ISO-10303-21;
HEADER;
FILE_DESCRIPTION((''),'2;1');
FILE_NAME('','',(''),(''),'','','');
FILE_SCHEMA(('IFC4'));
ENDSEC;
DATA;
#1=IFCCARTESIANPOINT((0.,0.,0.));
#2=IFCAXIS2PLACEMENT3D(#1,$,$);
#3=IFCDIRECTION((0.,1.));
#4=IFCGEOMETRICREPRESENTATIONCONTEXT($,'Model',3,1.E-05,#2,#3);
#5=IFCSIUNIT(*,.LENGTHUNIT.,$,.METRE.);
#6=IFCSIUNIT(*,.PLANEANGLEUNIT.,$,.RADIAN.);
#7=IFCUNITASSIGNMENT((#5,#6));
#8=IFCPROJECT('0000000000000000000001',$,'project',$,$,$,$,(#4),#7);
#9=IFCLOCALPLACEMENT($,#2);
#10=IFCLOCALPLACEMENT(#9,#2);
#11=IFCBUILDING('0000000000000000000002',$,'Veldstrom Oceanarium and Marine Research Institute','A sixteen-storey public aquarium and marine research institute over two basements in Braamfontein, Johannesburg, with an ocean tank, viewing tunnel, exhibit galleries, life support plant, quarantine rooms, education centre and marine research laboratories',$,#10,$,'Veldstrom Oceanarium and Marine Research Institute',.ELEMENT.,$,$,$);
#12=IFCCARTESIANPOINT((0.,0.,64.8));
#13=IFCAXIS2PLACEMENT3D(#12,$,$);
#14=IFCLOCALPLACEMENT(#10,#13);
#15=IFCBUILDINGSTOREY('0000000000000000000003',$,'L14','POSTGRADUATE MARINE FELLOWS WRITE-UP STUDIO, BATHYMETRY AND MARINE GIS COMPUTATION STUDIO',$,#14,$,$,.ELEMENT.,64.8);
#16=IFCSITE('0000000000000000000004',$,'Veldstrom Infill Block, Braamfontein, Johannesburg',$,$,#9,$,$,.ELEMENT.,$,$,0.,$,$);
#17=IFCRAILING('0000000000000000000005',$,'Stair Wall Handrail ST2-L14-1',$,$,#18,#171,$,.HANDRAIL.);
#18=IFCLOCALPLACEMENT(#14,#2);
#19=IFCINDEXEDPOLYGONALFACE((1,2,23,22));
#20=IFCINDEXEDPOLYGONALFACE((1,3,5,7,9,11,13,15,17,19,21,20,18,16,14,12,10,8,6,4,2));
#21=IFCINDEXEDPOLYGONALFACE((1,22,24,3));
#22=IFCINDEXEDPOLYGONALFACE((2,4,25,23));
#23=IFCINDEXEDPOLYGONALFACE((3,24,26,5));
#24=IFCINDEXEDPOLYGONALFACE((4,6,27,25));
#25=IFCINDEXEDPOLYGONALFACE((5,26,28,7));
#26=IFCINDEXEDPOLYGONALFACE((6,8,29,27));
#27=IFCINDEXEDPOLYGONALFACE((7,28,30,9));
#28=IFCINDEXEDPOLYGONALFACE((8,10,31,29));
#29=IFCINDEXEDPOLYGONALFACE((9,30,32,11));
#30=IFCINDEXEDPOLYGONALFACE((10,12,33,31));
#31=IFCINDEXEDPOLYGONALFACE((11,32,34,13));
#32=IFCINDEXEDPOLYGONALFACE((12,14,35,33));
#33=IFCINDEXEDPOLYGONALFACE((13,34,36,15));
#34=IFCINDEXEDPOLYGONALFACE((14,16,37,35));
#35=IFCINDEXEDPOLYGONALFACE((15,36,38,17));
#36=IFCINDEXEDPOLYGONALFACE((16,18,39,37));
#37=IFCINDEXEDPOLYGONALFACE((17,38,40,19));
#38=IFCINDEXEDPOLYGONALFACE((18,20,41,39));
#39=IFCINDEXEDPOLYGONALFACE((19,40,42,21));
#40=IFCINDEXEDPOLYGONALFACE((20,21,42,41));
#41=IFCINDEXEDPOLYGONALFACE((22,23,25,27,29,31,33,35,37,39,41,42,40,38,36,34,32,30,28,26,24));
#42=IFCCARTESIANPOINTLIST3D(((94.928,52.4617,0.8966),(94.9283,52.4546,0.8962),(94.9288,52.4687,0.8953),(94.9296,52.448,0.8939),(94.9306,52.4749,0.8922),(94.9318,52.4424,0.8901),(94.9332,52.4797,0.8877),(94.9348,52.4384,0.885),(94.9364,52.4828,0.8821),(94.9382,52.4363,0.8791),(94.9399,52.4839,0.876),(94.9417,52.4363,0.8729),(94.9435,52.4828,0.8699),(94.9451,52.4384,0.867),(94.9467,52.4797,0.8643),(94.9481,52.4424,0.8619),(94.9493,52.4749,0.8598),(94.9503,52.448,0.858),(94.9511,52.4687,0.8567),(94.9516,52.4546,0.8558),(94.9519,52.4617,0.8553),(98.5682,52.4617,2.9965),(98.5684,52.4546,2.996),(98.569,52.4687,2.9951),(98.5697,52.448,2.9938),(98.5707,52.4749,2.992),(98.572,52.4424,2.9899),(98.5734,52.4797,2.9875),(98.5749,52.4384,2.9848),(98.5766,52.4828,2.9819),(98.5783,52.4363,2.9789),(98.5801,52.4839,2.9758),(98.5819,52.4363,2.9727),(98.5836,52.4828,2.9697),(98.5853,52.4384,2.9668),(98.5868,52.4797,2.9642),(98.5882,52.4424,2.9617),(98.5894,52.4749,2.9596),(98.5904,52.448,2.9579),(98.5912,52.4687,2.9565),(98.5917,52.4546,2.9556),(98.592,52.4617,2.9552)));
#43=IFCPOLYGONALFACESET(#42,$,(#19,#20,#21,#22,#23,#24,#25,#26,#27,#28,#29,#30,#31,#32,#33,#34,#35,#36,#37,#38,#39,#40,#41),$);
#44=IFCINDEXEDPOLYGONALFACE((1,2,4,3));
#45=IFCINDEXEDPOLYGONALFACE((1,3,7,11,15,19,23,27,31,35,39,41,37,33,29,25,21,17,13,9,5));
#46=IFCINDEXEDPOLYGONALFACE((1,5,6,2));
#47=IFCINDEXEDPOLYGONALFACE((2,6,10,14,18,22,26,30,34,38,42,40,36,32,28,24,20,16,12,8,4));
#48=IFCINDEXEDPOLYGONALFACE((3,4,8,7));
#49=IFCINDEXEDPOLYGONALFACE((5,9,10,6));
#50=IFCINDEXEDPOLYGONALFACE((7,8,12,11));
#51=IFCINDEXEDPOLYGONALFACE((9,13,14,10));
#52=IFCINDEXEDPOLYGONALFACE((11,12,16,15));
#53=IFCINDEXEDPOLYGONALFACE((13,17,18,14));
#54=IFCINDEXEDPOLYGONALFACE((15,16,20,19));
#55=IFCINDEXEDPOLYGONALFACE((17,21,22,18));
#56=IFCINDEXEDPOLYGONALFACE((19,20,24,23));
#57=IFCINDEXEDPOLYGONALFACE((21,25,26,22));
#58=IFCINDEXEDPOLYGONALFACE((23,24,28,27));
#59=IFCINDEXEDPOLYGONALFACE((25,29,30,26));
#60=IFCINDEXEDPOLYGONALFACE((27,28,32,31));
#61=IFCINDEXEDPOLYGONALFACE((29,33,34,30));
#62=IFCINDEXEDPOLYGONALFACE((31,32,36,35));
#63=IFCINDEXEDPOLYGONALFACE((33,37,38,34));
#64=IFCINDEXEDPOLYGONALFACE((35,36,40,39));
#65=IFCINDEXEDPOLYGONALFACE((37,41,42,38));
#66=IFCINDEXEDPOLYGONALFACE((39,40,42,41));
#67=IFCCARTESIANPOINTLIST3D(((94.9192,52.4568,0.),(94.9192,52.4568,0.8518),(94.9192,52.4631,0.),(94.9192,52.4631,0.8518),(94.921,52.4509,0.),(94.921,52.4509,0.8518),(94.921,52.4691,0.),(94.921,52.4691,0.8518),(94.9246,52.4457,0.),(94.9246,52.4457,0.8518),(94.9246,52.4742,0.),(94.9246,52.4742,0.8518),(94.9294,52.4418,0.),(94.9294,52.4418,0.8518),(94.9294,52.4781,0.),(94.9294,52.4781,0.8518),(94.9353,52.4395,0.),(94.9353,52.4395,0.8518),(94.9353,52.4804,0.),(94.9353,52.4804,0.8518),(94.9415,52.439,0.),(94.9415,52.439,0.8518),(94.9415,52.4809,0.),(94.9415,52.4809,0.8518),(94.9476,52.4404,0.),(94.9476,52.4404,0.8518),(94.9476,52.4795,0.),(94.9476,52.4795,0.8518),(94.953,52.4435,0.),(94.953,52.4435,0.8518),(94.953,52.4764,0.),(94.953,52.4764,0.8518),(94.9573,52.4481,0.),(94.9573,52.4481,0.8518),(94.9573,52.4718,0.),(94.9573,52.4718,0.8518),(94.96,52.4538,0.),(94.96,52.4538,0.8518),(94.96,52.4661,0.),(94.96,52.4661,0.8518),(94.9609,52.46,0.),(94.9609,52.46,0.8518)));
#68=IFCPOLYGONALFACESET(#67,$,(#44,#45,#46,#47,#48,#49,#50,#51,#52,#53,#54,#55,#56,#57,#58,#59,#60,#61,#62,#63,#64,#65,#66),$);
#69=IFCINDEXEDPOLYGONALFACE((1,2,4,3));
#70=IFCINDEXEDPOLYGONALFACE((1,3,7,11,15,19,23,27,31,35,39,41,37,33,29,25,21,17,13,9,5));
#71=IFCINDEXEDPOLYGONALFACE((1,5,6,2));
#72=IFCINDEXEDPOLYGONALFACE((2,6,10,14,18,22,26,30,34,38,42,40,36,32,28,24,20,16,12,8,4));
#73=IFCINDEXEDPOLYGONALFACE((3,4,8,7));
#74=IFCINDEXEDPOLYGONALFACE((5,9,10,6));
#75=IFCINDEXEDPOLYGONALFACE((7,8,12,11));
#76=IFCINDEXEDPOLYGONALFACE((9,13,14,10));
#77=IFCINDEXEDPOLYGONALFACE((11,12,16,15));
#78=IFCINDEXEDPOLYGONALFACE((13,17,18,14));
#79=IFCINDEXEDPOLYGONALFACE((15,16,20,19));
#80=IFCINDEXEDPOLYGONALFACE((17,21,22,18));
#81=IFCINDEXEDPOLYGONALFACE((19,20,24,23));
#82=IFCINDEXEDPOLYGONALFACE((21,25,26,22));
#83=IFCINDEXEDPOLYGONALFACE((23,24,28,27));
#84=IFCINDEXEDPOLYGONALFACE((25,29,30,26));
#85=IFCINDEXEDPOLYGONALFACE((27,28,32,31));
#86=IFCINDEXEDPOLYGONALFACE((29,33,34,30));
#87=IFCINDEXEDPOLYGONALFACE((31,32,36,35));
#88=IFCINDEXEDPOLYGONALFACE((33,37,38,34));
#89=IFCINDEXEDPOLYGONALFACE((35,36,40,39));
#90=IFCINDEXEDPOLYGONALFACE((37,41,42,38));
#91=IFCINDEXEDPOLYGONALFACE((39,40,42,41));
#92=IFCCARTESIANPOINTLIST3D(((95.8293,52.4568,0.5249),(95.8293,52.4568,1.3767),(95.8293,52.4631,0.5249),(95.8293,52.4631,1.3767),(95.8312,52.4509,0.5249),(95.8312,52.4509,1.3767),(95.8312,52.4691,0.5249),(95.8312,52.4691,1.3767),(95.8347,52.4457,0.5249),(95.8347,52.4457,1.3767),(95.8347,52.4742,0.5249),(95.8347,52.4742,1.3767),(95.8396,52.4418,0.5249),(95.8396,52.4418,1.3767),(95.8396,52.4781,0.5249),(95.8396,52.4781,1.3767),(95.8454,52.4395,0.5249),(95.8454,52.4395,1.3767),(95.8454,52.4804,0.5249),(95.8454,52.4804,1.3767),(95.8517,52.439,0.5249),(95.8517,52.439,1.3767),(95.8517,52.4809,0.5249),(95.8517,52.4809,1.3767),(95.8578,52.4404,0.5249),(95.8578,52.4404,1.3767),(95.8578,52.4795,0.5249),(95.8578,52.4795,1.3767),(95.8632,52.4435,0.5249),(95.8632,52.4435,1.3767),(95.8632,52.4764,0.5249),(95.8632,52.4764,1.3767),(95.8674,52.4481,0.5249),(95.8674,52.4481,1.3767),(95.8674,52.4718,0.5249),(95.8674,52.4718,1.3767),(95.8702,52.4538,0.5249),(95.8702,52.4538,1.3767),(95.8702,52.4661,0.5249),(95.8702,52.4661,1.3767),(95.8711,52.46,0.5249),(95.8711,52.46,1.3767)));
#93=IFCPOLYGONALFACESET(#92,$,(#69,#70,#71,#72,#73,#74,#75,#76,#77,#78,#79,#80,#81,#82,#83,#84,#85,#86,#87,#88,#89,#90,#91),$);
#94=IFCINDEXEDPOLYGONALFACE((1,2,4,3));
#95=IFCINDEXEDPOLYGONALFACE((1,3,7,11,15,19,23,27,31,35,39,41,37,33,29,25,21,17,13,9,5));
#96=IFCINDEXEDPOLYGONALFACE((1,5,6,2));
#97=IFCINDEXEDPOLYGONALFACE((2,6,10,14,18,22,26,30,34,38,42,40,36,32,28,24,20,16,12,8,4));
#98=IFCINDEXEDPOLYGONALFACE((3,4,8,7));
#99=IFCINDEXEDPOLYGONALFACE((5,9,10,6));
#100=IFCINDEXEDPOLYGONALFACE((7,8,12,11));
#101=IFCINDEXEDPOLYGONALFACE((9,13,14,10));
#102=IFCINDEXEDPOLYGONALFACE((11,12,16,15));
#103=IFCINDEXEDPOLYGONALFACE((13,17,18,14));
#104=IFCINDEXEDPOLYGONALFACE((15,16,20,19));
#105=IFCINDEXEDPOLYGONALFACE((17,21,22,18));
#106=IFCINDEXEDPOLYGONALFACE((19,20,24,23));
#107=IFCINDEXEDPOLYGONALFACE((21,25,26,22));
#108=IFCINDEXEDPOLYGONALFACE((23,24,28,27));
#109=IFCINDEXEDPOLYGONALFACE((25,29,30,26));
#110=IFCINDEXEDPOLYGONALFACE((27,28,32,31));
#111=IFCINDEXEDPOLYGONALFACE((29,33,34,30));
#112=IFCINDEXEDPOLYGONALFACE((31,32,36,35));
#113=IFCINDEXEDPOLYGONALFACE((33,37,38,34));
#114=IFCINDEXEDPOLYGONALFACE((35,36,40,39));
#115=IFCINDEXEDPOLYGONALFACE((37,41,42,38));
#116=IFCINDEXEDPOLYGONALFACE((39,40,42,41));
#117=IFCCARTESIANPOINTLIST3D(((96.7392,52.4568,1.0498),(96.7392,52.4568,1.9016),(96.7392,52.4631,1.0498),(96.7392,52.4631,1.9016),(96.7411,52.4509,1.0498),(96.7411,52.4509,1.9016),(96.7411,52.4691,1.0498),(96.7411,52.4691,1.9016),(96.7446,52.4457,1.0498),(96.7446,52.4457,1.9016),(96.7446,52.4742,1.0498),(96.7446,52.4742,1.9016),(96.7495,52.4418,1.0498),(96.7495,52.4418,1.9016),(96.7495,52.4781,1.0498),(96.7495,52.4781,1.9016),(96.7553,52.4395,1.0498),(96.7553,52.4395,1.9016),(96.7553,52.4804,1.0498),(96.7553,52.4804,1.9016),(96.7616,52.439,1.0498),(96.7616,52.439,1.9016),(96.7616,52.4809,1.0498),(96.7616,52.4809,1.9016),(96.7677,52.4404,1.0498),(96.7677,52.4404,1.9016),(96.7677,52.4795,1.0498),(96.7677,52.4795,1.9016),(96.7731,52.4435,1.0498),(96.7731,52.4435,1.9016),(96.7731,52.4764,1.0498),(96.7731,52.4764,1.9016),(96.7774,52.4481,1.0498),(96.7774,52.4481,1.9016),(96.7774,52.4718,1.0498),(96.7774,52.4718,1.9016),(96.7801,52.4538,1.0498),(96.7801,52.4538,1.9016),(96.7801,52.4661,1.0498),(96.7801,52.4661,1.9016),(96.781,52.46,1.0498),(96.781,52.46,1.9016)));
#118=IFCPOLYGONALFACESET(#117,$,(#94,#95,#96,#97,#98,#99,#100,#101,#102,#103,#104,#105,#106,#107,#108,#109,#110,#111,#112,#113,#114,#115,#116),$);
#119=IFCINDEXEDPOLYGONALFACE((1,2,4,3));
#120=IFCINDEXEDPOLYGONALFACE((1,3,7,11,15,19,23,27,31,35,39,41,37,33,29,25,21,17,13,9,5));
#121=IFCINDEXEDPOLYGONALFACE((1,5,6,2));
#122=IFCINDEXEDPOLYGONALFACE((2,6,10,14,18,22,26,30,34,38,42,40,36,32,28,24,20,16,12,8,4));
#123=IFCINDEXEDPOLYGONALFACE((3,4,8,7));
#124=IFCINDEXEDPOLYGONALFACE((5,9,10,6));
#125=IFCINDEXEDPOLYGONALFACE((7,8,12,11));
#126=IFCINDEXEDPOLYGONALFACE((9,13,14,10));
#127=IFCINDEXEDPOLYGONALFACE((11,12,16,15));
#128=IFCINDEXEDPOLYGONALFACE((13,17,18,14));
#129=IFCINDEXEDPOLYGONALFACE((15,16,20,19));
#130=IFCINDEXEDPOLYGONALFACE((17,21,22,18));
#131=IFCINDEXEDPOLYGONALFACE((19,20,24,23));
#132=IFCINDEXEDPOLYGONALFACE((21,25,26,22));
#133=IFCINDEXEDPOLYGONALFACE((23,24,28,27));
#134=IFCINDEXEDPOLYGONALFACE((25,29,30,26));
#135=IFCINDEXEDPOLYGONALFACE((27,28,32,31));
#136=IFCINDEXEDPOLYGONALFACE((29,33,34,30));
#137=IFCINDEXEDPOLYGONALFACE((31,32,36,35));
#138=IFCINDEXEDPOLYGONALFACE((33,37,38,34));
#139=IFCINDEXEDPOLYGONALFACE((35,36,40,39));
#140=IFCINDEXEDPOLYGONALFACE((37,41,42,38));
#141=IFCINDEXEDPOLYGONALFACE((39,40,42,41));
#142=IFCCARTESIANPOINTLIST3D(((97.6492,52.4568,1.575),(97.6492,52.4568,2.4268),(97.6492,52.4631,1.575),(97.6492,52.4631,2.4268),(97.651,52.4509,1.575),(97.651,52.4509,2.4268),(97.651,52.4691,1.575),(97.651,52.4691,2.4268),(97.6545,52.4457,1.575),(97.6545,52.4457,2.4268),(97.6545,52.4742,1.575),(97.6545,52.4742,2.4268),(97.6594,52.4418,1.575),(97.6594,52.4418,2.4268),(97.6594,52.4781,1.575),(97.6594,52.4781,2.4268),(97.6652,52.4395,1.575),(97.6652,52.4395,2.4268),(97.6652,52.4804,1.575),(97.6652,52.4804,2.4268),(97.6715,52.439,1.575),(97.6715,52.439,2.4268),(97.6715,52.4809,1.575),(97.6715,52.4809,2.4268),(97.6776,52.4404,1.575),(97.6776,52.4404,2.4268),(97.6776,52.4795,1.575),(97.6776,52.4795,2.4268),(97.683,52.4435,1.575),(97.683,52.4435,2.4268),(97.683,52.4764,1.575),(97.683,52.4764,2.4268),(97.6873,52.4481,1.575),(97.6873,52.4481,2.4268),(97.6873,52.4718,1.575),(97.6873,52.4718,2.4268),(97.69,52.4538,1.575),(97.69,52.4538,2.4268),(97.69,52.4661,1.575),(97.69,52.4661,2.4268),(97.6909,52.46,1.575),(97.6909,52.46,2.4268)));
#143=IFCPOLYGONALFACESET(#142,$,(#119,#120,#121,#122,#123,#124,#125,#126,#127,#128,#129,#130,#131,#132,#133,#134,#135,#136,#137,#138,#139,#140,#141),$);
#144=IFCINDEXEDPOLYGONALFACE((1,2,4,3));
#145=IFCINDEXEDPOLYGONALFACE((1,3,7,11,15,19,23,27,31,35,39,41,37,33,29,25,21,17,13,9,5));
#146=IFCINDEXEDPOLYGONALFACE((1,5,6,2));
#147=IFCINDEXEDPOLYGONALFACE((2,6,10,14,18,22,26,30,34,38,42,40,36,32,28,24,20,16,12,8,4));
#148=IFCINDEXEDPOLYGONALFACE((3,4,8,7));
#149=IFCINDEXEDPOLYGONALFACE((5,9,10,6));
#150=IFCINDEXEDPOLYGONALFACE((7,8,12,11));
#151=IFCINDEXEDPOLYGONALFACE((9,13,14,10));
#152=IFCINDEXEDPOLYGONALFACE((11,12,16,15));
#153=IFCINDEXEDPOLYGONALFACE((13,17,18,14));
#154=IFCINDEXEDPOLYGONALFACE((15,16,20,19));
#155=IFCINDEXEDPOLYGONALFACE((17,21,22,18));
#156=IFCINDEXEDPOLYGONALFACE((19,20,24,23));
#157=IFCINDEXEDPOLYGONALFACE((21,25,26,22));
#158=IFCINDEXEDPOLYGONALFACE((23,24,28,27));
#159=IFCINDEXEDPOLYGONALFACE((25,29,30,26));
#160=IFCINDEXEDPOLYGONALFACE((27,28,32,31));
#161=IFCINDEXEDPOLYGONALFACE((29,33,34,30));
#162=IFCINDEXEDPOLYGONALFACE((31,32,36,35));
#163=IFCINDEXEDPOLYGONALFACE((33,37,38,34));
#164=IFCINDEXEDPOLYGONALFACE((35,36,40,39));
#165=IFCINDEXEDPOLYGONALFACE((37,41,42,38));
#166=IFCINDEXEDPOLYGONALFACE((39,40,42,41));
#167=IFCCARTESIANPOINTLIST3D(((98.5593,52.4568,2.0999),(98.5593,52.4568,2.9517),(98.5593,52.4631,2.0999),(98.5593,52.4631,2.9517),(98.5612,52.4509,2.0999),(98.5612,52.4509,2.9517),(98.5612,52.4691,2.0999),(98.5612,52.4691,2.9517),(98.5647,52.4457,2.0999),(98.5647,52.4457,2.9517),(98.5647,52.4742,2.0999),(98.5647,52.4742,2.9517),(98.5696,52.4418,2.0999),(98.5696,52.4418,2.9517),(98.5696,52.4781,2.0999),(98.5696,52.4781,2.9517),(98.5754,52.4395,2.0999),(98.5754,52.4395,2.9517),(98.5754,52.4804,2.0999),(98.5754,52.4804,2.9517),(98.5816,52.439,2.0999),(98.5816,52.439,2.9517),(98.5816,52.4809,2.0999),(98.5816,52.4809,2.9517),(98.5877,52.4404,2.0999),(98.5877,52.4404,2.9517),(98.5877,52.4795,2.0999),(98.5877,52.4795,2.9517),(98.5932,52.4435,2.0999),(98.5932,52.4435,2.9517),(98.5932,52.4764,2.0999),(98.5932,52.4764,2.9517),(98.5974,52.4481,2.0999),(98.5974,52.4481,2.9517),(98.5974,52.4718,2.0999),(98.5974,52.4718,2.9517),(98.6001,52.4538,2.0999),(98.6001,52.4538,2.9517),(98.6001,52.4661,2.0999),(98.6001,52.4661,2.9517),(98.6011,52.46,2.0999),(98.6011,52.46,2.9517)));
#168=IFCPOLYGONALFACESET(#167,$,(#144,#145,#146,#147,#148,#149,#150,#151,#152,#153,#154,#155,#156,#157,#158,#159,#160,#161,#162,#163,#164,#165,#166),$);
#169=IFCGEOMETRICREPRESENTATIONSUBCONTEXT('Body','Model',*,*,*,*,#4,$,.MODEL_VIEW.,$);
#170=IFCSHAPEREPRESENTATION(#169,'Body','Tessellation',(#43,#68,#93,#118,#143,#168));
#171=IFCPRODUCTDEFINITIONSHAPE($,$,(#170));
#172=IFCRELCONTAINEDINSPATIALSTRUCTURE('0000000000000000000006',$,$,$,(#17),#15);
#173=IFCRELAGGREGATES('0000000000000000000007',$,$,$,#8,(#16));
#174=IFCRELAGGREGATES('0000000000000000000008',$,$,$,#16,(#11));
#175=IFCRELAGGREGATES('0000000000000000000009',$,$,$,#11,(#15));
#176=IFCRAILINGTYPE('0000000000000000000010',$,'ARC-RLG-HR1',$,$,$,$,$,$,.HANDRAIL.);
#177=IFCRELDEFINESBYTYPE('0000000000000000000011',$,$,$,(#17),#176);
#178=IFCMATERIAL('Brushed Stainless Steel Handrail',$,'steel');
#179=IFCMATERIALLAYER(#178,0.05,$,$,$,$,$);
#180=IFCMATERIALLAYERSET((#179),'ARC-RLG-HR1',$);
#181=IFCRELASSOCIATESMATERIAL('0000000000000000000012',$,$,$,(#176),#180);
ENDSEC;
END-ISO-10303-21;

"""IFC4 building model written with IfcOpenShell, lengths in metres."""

from ifc_helpers import new_model, si_unit, direction, frame, origin, origin_2d, place, context, subcontext, project, spatial, circle, extrude, material, layer, layer_set, type_object, element, save


model = new_model("IFC4")

# Units and contexts
model_context = context("Model", 3, precision=1e-05, world=origin(), true_north=direction((0.0, 1.0)))
body_context = subcontext(model_context, "Body", "Model", "MODEL_VIEW")
ifc_project = project(units=[si_unit("LENGTHUNIT", "METRE"), si_unit("PLANEANGLEUNIT", "RADIAN")], contexts=[model_context])

# Site, building, storey
site_placement = place(None, origin())
site = spatial("IfcSite", under=ifc_project, at=site_placement, Name="Veldstrom Infill Block, Braamfontein, Johannesburg", CompositionType="ELEMENT", RefElevation=0.0)
building_placement = place(site_placement, origin())
building = spatial("IfcBuilding", under=site, at=building_placement, Name="Veldstrom Oceanarium and Marine Research Institute", Description="A sixteen-storey public aquarium and marine research institute over two basements in Braamfontein, Johannesburg, with an ocean tank, viewing tunnel, exhibit galleries, life support plant, quarantine rooms, education centre and marine research laboratories", LongName="Veldstrom Oceanarium and Marine Research Institute", CompositionType="ELEMENT")
storey_placement = place(building_placement, frame((0.0, 0.0, 64.8)))
storey = spatial("IfcBuildingStorey", under=building, at=storey_placement, Name="L14", Description="POSTGRADUATE MARINE FELLOWS WRITE-UP STUDIO, BATHYMETRY AND MARINE GIS COMPUTATION STUDIO", CompositionType="ELEMENT", Elevation=64.8)

# Railing
ifc_material_1 = material(Name="Brushed Stainless Steel Handrail", Category="steel")
ifc_layer_1 = layer(ifc_material_1, 0.05)
ifc_layer_set_1 = layer_set([ifc_layer_1], Name="ARC-RLG-HR1")
railing_type = type_object("IfcRailingType", Name="ARC-RLG-HR1", PredefinedType="HANDRAIL", material=ifc_layer_set_1)
railing_placement = place(storey_placement, frame((94.9399, 52.46, 0.0)))
element("IfcRailing", 1, at=railing_placement, inside=storey, type_object=railing_type, Name="Stair Wall Handrail ST2-L14-1", PredefinedType="HANDRAIL", context=body_context, shape_type="SweptSolid", body=[
    extrude(circle(Radius=0.0239, at=origin_2d()), frame((0.0, 0.0, 0.876), z_axis=(0.866209, 0.0, 0.499682), x_axis=(0.0, 1.0, 0.0)), (0.0, 0.0, 1.0), 4.2024),
    extrude(circle(Radius=0.021, at=origin_2d()), origin(), (0.0, 0.0, 1.0), 0.8518),
    extrude(circle(Radius=0.021, at=origin_2d()), frame((0.9102, 0.0, 0.5249)), (0.0, 0.0, 1.0), 0.8518),
    extrude(circle(Radius=0.021, at=origin_2d()), frame((1.8201, 0.0, 1.0498)), (0.0, 0.0, 1.0), 0.8518),
    extrude(circle(Radius=0.021, at=origin_2d()), frame((2.73, 0.0, 1.575)), (0.0, 0.0, 1.0), 0.8518),
    extrude(circle(Radius=0.021, at=origin_2d()), frame((3.6401, 0.0, 2.0999)), (0.0, 0.0, 1.0), 0.8518),
])

save(model, "model.ifc")
